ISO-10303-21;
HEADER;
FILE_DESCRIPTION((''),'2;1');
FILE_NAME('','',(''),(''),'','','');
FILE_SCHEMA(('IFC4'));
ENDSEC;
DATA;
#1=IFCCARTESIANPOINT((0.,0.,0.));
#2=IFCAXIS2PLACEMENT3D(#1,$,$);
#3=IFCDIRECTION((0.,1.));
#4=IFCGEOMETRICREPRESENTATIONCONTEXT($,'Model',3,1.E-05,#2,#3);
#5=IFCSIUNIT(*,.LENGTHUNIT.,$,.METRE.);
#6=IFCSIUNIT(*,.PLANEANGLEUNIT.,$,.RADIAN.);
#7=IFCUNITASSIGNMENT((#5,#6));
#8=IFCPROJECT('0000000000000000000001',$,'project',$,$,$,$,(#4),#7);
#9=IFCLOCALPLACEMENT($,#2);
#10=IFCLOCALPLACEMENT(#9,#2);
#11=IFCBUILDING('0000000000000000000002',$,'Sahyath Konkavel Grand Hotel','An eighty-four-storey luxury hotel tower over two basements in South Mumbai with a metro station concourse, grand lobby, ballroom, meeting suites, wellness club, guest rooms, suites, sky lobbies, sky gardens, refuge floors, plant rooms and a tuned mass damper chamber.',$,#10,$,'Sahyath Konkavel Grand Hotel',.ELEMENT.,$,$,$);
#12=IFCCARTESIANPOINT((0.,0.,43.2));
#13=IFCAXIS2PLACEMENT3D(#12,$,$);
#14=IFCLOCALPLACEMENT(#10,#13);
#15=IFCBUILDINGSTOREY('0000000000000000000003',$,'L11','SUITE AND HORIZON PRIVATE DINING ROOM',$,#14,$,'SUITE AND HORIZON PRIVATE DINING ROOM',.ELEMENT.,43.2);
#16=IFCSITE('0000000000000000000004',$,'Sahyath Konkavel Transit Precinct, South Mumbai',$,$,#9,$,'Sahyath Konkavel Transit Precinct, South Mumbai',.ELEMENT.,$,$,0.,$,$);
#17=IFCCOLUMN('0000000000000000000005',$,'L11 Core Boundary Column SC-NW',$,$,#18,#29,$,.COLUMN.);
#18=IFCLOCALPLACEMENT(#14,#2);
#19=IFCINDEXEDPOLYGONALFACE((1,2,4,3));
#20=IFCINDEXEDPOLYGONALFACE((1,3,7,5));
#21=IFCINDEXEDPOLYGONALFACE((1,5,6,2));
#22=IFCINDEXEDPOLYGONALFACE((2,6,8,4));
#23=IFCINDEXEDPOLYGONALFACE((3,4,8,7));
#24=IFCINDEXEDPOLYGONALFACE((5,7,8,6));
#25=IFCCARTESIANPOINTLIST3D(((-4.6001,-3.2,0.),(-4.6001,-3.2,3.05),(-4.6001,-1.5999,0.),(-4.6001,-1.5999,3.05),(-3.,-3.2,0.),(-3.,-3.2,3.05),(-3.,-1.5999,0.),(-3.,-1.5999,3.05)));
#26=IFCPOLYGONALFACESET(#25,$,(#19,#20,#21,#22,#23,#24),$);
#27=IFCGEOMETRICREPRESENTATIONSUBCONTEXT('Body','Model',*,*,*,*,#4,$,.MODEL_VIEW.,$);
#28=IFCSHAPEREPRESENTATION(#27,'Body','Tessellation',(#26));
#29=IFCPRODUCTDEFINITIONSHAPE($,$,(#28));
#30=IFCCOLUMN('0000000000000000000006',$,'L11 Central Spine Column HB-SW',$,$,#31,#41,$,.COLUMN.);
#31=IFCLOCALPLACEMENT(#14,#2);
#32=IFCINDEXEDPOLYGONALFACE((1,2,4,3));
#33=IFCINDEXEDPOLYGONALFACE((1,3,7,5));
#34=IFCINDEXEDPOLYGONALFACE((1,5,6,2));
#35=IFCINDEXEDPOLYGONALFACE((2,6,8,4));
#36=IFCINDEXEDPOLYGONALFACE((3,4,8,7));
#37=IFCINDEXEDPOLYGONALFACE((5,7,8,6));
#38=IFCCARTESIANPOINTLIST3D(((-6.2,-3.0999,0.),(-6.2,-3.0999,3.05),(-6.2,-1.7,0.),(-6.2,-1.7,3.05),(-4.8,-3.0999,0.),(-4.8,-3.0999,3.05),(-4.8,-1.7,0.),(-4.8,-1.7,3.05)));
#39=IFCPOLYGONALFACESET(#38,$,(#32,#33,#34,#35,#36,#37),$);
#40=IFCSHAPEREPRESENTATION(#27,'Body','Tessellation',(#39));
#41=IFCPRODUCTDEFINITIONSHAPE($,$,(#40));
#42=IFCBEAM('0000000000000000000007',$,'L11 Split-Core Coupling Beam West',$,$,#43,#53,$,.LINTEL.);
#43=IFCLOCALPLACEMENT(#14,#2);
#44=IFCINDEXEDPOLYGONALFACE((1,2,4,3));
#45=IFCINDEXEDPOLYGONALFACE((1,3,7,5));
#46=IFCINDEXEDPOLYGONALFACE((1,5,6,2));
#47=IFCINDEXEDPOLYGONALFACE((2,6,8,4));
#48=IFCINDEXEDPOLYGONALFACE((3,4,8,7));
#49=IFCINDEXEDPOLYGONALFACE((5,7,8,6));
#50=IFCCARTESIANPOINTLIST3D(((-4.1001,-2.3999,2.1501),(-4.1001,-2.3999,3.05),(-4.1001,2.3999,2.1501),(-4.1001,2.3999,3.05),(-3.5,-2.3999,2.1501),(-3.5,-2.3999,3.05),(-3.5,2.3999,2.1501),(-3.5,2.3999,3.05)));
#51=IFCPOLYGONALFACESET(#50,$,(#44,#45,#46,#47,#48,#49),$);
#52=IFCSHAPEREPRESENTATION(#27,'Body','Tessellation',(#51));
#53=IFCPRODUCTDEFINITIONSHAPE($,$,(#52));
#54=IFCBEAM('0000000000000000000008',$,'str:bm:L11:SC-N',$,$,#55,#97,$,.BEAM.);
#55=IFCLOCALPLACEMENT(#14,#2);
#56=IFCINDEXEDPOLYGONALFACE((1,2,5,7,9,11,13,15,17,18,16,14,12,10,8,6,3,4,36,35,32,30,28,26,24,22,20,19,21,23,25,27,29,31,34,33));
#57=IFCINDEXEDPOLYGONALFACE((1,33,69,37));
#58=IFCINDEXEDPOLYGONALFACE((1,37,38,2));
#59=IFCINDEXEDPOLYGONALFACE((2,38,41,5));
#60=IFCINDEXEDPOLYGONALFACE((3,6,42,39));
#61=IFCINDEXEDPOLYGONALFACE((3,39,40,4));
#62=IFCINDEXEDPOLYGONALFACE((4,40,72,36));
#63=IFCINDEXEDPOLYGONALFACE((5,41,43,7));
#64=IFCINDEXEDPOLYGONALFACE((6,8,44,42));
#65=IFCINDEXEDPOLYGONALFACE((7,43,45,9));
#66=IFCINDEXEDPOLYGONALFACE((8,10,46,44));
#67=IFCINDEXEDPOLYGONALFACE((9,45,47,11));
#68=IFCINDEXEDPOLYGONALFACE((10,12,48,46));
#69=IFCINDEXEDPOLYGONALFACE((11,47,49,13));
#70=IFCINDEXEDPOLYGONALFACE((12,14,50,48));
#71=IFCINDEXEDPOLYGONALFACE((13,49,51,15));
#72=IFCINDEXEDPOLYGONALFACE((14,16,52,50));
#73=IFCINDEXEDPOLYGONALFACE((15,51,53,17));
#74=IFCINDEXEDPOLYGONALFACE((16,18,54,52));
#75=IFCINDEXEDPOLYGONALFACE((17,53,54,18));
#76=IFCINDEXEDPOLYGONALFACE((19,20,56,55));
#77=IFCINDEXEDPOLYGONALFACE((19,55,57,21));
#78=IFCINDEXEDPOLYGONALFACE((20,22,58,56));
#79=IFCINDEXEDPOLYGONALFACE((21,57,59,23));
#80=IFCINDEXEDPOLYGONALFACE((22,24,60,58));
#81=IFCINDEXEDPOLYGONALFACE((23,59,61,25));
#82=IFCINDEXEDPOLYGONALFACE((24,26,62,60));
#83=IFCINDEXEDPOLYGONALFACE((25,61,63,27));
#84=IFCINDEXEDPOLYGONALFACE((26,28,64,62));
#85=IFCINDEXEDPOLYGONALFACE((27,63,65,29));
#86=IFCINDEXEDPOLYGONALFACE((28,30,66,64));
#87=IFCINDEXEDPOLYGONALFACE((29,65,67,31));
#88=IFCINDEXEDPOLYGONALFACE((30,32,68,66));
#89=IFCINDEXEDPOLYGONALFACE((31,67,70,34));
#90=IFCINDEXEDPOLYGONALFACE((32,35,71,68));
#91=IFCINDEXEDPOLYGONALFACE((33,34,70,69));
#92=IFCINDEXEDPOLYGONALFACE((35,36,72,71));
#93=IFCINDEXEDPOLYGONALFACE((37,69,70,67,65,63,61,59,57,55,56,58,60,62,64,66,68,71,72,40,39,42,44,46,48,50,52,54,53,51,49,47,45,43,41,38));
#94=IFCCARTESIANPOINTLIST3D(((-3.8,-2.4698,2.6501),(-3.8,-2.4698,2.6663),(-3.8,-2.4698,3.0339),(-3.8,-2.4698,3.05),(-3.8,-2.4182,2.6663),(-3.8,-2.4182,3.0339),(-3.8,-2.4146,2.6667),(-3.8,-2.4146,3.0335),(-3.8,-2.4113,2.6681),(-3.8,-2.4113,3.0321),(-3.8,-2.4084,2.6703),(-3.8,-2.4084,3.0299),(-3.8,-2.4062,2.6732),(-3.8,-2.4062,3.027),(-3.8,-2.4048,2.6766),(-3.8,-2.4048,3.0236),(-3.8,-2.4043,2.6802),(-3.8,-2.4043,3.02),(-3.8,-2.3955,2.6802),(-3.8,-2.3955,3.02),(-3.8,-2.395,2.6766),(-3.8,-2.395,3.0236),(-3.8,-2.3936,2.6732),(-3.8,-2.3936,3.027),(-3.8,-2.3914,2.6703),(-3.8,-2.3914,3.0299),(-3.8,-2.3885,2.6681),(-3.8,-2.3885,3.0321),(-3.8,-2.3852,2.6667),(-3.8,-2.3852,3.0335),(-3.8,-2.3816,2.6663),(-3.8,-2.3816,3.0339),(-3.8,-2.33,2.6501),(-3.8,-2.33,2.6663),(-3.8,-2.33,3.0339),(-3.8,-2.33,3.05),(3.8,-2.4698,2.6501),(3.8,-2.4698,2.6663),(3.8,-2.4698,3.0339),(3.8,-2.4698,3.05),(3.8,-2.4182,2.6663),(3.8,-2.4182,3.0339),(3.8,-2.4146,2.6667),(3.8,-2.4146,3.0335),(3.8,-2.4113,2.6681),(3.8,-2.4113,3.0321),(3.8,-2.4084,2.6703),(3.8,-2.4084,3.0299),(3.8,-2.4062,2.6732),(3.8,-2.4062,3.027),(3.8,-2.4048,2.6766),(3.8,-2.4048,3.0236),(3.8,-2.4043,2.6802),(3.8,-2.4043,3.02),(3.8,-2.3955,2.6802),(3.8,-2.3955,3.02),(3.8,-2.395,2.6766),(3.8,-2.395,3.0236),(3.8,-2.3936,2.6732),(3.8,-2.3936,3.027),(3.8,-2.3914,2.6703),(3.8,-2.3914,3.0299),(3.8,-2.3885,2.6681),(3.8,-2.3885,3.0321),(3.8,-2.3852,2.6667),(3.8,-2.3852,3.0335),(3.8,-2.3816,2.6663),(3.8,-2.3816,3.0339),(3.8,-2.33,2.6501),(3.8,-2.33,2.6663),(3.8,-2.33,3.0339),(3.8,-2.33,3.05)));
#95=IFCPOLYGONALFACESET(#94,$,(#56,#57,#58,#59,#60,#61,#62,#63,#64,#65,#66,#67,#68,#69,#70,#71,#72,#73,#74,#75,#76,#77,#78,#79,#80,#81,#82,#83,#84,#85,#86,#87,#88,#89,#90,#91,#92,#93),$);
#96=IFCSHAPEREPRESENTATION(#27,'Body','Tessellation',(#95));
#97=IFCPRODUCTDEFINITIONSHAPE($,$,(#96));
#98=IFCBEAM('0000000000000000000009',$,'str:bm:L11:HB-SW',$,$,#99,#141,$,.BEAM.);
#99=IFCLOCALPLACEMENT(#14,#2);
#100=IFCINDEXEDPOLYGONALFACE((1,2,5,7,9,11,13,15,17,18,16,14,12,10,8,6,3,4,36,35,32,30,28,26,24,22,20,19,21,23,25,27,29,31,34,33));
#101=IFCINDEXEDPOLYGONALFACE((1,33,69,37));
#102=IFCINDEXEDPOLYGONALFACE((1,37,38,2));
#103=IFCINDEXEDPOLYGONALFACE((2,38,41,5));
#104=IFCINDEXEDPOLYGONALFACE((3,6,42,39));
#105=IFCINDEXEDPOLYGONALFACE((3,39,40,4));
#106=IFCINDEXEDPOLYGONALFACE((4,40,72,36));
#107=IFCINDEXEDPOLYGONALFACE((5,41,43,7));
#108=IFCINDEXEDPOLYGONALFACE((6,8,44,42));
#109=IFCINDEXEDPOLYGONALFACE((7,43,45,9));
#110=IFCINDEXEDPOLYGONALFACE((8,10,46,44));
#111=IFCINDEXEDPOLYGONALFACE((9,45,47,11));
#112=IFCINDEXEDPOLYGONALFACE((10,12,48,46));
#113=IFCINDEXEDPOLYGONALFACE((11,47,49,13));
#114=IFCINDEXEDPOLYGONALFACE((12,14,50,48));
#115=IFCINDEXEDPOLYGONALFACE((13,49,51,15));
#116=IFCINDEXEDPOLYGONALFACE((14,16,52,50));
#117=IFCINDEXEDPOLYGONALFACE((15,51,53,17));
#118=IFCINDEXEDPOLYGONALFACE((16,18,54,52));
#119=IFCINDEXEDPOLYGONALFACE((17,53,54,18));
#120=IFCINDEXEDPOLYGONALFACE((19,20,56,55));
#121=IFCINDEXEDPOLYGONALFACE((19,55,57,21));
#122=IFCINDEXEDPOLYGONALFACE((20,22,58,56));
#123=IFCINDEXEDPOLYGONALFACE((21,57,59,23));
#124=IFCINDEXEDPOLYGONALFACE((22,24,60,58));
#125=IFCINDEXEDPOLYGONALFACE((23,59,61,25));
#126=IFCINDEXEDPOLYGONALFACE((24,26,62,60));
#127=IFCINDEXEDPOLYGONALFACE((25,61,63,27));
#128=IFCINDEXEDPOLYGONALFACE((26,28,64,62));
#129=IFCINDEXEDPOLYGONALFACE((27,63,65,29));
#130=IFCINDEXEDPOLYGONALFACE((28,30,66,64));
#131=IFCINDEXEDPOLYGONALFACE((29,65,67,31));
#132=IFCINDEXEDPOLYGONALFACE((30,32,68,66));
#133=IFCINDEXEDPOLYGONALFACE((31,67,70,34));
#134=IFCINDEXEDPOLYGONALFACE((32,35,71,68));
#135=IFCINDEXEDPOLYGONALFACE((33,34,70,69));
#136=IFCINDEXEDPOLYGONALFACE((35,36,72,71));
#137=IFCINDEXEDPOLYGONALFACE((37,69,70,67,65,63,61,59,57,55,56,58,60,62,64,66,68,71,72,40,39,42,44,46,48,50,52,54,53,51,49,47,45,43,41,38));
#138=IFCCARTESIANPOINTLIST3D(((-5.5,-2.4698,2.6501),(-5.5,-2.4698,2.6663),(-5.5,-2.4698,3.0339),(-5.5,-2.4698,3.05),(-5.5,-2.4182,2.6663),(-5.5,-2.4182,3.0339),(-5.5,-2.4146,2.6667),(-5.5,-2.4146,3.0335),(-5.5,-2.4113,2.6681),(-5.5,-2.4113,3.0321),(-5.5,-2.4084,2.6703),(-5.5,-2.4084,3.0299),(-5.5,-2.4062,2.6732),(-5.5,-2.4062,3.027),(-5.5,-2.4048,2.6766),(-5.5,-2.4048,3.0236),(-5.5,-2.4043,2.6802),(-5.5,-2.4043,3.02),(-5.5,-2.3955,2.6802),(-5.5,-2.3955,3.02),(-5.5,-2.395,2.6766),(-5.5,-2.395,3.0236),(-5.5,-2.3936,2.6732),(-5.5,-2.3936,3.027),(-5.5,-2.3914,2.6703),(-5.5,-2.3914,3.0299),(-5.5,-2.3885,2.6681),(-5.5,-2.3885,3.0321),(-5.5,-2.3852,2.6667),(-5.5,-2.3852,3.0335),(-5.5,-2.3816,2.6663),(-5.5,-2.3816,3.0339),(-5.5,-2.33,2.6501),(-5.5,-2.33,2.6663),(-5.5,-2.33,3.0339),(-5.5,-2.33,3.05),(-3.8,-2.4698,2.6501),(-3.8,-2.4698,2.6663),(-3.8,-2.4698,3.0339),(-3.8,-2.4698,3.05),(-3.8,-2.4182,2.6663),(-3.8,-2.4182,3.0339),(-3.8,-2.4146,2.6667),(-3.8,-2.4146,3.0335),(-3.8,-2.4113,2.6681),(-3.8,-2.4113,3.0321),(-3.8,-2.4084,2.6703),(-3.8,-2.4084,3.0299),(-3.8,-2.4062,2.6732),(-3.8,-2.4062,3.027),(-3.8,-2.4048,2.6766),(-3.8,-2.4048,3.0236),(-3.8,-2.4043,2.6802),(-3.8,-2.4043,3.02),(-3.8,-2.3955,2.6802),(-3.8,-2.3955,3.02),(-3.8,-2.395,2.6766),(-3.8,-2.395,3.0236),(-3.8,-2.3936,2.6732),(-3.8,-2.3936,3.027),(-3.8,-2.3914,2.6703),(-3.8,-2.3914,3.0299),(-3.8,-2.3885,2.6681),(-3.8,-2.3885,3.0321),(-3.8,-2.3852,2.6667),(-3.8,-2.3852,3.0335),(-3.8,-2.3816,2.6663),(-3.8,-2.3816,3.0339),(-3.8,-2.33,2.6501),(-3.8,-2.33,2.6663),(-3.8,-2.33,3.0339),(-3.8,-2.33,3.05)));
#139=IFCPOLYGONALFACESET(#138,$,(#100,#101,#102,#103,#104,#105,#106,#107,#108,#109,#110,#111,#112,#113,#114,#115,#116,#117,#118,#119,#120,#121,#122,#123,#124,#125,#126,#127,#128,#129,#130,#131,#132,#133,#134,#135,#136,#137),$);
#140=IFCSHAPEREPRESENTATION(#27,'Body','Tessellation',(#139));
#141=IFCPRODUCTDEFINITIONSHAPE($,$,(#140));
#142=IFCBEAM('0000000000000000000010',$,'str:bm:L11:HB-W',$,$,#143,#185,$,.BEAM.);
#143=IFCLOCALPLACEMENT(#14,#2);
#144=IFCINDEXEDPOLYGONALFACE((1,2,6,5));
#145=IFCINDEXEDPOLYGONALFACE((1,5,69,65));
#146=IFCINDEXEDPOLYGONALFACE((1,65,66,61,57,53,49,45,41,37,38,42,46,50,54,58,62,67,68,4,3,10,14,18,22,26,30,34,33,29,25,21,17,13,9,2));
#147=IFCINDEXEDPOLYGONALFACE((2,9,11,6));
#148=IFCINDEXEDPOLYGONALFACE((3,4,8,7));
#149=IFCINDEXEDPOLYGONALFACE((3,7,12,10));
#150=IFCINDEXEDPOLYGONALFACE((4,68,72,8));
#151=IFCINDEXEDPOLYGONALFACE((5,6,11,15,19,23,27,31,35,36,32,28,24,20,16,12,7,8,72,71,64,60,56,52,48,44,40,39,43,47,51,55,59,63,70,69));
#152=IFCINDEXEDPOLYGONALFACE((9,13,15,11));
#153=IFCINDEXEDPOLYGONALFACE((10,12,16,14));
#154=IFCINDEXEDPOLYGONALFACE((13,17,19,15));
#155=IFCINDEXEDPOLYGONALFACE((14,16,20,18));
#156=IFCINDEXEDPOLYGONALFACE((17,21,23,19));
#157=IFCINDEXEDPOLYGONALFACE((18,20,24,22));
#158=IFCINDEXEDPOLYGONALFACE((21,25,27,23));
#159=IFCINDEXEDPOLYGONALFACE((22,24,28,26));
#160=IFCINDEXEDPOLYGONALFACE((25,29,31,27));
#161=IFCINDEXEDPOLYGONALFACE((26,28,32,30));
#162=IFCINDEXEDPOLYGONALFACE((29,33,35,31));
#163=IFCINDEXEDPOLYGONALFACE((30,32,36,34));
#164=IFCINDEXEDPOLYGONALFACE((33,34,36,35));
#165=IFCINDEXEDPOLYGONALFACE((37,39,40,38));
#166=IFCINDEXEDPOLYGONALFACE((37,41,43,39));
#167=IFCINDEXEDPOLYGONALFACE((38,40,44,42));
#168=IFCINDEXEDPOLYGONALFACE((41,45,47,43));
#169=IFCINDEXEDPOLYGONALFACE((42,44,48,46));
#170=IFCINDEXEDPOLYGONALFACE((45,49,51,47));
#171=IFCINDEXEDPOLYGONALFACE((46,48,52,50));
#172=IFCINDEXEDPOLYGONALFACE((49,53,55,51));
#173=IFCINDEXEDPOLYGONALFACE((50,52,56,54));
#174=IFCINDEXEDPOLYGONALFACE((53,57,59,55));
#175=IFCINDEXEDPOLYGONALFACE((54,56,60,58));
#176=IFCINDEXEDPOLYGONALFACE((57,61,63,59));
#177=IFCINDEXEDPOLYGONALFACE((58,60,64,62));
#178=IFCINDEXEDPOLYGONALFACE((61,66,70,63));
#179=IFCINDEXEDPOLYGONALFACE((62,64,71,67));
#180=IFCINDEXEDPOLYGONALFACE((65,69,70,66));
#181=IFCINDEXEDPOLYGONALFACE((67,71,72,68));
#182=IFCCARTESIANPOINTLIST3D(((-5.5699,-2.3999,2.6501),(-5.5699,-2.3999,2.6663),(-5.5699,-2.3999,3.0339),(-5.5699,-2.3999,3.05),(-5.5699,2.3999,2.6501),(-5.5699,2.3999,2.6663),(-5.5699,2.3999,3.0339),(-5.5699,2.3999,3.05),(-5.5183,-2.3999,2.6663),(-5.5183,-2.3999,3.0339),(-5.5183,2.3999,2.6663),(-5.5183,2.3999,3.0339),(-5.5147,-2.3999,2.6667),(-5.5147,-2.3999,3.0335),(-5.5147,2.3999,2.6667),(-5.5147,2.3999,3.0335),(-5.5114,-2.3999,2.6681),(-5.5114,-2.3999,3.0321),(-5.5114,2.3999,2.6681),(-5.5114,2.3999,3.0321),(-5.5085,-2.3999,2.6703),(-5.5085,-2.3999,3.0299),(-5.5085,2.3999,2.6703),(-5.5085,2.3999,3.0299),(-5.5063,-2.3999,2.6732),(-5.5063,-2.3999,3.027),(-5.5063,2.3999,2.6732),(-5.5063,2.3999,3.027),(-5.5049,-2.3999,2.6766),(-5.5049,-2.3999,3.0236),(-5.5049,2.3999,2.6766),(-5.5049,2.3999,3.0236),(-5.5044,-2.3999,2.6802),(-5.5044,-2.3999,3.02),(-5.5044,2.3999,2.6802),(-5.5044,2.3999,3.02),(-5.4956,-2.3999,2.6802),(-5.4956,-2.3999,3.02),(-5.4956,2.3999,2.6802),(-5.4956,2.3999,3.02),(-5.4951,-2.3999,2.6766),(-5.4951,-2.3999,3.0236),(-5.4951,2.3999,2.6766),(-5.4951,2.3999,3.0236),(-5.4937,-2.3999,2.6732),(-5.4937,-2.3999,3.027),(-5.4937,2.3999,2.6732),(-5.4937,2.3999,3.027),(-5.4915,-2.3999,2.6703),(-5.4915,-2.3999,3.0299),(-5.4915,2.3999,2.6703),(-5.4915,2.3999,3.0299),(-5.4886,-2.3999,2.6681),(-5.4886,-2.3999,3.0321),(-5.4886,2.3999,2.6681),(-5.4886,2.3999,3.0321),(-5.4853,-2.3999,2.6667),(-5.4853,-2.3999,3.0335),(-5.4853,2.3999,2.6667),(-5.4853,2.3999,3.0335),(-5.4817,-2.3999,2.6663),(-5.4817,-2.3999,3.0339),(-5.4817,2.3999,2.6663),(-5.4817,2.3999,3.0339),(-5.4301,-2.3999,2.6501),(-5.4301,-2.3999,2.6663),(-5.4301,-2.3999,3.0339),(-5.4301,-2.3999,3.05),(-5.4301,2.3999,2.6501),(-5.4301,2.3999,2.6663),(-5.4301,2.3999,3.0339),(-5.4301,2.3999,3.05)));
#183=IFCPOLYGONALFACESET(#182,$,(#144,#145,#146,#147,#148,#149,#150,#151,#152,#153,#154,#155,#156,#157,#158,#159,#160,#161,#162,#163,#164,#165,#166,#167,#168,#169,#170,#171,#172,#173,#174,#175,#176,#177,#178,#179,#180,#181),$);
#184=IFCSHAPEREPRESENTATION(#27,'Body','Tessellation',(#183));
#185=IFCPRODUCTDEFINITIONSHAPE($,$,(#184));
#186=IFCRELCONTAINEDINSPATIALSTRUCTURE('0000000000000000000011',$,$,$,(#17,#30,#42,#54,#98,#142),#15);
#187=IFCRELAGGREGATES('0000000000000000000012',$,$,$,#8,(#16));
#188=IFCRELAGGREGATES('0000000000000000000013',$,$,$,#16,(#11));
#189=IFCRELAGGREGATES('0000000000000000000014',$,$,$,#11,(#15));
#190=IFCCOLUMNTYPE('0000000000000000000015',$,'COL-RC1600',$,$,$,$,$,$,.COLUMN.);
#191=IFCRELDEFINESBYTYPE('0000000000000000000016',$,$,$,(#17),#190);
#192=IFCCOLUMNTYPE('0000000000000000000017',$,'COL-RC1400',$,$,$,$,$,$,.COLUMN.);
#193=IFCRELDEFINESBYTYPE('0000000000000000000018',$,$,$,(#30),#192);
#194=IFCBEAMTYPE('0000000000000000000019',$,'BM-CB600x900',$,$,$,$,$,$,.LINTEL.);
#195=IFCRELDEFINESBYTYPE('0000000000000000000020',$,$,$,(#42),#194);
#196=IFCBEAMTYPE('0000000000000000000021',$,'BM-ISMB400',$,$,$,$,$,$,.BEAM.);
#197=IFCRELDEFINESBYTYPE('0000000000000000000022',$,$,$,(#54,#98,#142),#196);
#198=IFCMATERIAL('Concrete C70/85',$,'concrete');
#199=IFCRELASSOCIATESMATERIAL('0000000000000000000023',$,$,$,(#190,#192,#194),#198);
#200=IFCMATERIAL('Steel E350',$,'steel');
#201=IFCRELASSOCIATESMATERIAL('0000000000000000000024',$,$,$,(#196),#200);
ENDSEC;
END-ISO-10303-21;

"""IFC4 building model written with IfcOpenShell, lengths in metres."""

from ifc_helpers import new_model, si_unit, direction, frame, origin, origin_2d, place, context, subcontext, project, spatial, rectangle, i_section, extrude, source, transform, mapped, material, material_profile, profile_set, type_object, element, save


model = new_model("IFC4")

# Units and contexts
model_context = context("Model", 3, precision=1e-05, world=origin(), true_north=direction((0.0, 1.0)))
body_context = subcontext(model_context, "Body", "Model", "MODEL_VIEW")
ifc_project = project(units=[si_unit("LENGTHUNIT", "METRE"), si_unit("PLANEANGLEUNIT", "RADIAN")], contexts=[model_context])

# Site, building, storey
site_placement = place(None, origin())
site = spatial("IfcSite", under=ifc_project, at=site_placement, Name="Sahyath Konkavel Transit Precinct, South Mumbai", LongName="Sahyath Konkavel Transit Precinct, South Mumbai", CompositionType="ELEMENT", RefElevation=0.0)
building_placement = place(site_placement, origin())
building = spatial("IfcBuilding", under=site, at=building_placement, Name="Sahyath Konkavel Grand Hotel", Description="An eighty-four-storey luxury hotel tower over two basements in South Mumbai with a metro station concourse, grand lobby, ballroom, meeting suites, wellness club, guest rooms, suites, sky lobbies, sky gardens, refuge floors, plant rooms and a tuned mass damper chamber.", LongName="Sahyath Konkavel Grand Hotel", CompositionType="ELEMENT")
storey_placement = place(building_placement, frame((0.0, 0.0, 43.2)))
storey = spatial("IfcBuildingStorey", under=building, at=storey_placement, Name="L11", Description="SUITE AND HORIZON PRIVATE DINING ROOM", LongName="SUITE AND HORIZON PRIVATE DINING ROOM", CompositionType="ELEMENT", Elevation=43.2)

# Columns
ifc_material_1 = material(Name="Concrete C70/85", Category="concrete")
ifc_material_profile_1 = material_profile(ifc_material_1, rectangle(XDim=1.6001, YDim=1.6001, at=origin_2d()), Name="RC 1600x1600")
ifc_profile_set_1 = profile_set([ifc_material_profile_1], Name="Concrete C70/85")
column_type_1 = type_object("IfcColumnType", Name="COL-RC1600", PredefinedType="COLUMN", material=ifc_profile_set_1)
shared_shape_1 = source(origin(), body_context, "Body", "SweptSolid", [
    extrude(rectangle(XDim=1.6001, YDim=1.6001, at=origin_2d()), origin(), (0.0, 0.0, 1.0), 3.05),
])
column_1_placement = place(storey_placement, frame((-3.8, -2.3999, 0.0), z_axis=(0.0, 0.0, 1.0), x_axis=(1.0, 0.0, 0.0)))
element("IfcColumn", 1, at=column_1_placement, inside=storey, type_object=column_type_1, Name="L11 Core Boundary Column SC-NW", PredefinedType="COLUMN", context=body_context, shape_type="MappedRepresentation", body=[
    mapped(shared_shape_1, transform((0.0, 0.0, 0.0), scale=1.0)),
])
ifc_material_profile_2 = material_profile(ifc_material_1, rectangle(XDim=1.3999, YDim=1.3999, at=origin_2d()), Name="RC 1400x1400")
ifc_profile_set_2 = profile_set([ifc_material_profile_2], Name="Concrete C70/85")
column_type_2 = type_object("IfcColumnType", Name="COL-RC1400", PredefinedType="COLUMN", material=ifc_profile_set_2)
shared_shape_2 = source(origin(), body_context, "Body", "SweptSolid", [
    extrude(rectangle(XDim=1.3999, YDim=1.3999, at=origin_2d()), origin(), (0.0, 0.0, 1.0), 3.05),
])
column_2_placement = place(storey_placement, frame((-5.5, -2.3999, 0.0), z_axis=(0.0, 0.0, 1.0), x_axis=(1.0, 0.0, 0.0)))
element("IfcColumn", 2, at=column_2_placement, inside=storey, type_object=column_type_2, Name="L11 Central Spine Column HB-SW", PredefinedType="COLUMN", context=body_context, shape_type="MappedRepresentation", body=[
    mapped(shared_shape_2, transform((0.0, 0.0, 0.0), scale=1.0)),
])

# Beams
ifc_material_profile_3 = material_profile(ifc_material_1, rectangle(XDim=0.6001, YDim=0.8999, at=origin_2d()), Name="RC 600x900")
ifc_profile_set_3 = profile_set([ifc_material_profile_3], Name="Concrete C70/85")
beam_type_1 = type_object("IfcBeamType", Name="BM-CB600x900", PredefinedType="LINTEL", material=ifc_profile_set_3)
shared_shape_3 = source(origin(), body_context, "Body", "SweptSolid", [
    extrude(rectangle(XDim=0.6001, YDim=0.8999, at=origin_2d()), origin(), (0.0, 0.0, 1.0), 4.7998),
])
beam_1_placement = place(storey_placement, frame((-3.8, -2.3999, 2.6001), z_axis=(0.0, 1.0, 0.0), x_axis=(-1.0, 0.0, 0.0)))
element("IfcBeam", 3, at=beam_1_placement, inside=storey, type_object=beam_type_1, Name="L11 Split-Core Coupling Beam West", PredefinedType="LINTEL", context=body_context, shape_type="MappedRepresentation", body=[
    mapped(shared_shape_3, transform((0.0, 0.0, 0.0), scale=1.0)),
])
ifc_material_2 = material(Name="Steel E350", Category="steel")
ifc_material_profile_4 = material_profile(ifc_material_2, i_section(OverallWidth=0.1399, OverallDepth=0.3999, WebThickness=0.0088, FlangeThickness=0.0161, FilletRadius=0.0139, at=origin_2d()), Name="ISMB 400")
ifc_profile_set_4 = profile_set([ifc_material_profile_4], Name="Steel E350")
beam_type_2 = type_object("IfcBeamType", Name="BM-ISMB400", PredefinedType="BEAM", material=ifc_profile_set_4)
shared_shape_4 = source(origin(), body_context, "Body", "SweptSolid", [
    extrude(i_section(OverallWidth=0.1399, OverallDepth=0.3999, WebThickness=0.0088, FlangeThickness=0.0161, FilletRadius=0.0139, at=origin_2d()), origin(), (0.0, 0.0, 1.0), 7.6001),
])
beam_2_placement = place(storey_placement, frame((-3.8, -2.3999, 2.8501), z_axis=(1.0, 0.0, 0.0), x_axis=(0.0, 1.0, 0.0)))
element("IfcBeam", 4, at=beam_2_placement, inside=storey, type_object=beam_type_2, Name="str:bm:L11:SC-N", PredefinedType="BEAM", context=body_context, shape_type="MappedRepresentation", body=[
    mapped(shared_shape_4, transform((0.0, 0.0, 0.0), scale=1.0)),
])
shared_shape_5 = source(origin(), body_context, "Body", "SweptSolid", [
    extrude(i_section(OverallWidth=0.1399, OverallDepth=0.3999, WebThickness=0.0088, FlangeThickness=0.0161, FilletRadius=0.0139, at=origin_2d()), origin(), (0.0, 0.0, 1.0), 1.7),
])
beam_3_placement = place(storey_placement, frame((-5.5, -2.3999, 2.8501), z_axis=(1.0, 0.0, 0.0), x_axis=(0.0, 1.0, 0.0)))
element("IfcBeam", 5, at=beam_3_placement, inside=storey, type_object=beam_type_2, Name="str:bm:L11:HB-SW", PredefinedType="BEAM", context=body_context, shape_type="MappedRepresentation", body=[
    mapped(shared_shape_5, transform((0.0, 0.0, 0.0), scale=1.0)),
])
shared_shape_6 = source(origin(), body_context, "Body", "SweptSolid", [
    extrude(i_section(OverallWidth=0.1399, OverallDepth=0.3999, WebThickness=0.0088, FlangeThickness=0.0161, FilletRadius=0.0139, at=origin_2d()), origin(), (0.0, 0.0, 1.0), 4.7998),
])
beam_4_placement = place(storey_placement, frame((-5.5, -2.3999, 2.8501), z_axis=(0.0, 1.0, 0.0), x_axis=(-1.0, 0.0, 0.0)))
element("IfcBeam", 6, at=beam_4_placement, inside=storey, type_object=beam_type_2, Name="str:bm:L11:HB-W", PredefinedType="BEAM", context=body_context, shape_type="MappedRepresentation", body=[
    mapped(shared_shape_6, transform((0.0, 0.0, 0.0), scale=1.0)),
])

save(model, "model.ifc")
